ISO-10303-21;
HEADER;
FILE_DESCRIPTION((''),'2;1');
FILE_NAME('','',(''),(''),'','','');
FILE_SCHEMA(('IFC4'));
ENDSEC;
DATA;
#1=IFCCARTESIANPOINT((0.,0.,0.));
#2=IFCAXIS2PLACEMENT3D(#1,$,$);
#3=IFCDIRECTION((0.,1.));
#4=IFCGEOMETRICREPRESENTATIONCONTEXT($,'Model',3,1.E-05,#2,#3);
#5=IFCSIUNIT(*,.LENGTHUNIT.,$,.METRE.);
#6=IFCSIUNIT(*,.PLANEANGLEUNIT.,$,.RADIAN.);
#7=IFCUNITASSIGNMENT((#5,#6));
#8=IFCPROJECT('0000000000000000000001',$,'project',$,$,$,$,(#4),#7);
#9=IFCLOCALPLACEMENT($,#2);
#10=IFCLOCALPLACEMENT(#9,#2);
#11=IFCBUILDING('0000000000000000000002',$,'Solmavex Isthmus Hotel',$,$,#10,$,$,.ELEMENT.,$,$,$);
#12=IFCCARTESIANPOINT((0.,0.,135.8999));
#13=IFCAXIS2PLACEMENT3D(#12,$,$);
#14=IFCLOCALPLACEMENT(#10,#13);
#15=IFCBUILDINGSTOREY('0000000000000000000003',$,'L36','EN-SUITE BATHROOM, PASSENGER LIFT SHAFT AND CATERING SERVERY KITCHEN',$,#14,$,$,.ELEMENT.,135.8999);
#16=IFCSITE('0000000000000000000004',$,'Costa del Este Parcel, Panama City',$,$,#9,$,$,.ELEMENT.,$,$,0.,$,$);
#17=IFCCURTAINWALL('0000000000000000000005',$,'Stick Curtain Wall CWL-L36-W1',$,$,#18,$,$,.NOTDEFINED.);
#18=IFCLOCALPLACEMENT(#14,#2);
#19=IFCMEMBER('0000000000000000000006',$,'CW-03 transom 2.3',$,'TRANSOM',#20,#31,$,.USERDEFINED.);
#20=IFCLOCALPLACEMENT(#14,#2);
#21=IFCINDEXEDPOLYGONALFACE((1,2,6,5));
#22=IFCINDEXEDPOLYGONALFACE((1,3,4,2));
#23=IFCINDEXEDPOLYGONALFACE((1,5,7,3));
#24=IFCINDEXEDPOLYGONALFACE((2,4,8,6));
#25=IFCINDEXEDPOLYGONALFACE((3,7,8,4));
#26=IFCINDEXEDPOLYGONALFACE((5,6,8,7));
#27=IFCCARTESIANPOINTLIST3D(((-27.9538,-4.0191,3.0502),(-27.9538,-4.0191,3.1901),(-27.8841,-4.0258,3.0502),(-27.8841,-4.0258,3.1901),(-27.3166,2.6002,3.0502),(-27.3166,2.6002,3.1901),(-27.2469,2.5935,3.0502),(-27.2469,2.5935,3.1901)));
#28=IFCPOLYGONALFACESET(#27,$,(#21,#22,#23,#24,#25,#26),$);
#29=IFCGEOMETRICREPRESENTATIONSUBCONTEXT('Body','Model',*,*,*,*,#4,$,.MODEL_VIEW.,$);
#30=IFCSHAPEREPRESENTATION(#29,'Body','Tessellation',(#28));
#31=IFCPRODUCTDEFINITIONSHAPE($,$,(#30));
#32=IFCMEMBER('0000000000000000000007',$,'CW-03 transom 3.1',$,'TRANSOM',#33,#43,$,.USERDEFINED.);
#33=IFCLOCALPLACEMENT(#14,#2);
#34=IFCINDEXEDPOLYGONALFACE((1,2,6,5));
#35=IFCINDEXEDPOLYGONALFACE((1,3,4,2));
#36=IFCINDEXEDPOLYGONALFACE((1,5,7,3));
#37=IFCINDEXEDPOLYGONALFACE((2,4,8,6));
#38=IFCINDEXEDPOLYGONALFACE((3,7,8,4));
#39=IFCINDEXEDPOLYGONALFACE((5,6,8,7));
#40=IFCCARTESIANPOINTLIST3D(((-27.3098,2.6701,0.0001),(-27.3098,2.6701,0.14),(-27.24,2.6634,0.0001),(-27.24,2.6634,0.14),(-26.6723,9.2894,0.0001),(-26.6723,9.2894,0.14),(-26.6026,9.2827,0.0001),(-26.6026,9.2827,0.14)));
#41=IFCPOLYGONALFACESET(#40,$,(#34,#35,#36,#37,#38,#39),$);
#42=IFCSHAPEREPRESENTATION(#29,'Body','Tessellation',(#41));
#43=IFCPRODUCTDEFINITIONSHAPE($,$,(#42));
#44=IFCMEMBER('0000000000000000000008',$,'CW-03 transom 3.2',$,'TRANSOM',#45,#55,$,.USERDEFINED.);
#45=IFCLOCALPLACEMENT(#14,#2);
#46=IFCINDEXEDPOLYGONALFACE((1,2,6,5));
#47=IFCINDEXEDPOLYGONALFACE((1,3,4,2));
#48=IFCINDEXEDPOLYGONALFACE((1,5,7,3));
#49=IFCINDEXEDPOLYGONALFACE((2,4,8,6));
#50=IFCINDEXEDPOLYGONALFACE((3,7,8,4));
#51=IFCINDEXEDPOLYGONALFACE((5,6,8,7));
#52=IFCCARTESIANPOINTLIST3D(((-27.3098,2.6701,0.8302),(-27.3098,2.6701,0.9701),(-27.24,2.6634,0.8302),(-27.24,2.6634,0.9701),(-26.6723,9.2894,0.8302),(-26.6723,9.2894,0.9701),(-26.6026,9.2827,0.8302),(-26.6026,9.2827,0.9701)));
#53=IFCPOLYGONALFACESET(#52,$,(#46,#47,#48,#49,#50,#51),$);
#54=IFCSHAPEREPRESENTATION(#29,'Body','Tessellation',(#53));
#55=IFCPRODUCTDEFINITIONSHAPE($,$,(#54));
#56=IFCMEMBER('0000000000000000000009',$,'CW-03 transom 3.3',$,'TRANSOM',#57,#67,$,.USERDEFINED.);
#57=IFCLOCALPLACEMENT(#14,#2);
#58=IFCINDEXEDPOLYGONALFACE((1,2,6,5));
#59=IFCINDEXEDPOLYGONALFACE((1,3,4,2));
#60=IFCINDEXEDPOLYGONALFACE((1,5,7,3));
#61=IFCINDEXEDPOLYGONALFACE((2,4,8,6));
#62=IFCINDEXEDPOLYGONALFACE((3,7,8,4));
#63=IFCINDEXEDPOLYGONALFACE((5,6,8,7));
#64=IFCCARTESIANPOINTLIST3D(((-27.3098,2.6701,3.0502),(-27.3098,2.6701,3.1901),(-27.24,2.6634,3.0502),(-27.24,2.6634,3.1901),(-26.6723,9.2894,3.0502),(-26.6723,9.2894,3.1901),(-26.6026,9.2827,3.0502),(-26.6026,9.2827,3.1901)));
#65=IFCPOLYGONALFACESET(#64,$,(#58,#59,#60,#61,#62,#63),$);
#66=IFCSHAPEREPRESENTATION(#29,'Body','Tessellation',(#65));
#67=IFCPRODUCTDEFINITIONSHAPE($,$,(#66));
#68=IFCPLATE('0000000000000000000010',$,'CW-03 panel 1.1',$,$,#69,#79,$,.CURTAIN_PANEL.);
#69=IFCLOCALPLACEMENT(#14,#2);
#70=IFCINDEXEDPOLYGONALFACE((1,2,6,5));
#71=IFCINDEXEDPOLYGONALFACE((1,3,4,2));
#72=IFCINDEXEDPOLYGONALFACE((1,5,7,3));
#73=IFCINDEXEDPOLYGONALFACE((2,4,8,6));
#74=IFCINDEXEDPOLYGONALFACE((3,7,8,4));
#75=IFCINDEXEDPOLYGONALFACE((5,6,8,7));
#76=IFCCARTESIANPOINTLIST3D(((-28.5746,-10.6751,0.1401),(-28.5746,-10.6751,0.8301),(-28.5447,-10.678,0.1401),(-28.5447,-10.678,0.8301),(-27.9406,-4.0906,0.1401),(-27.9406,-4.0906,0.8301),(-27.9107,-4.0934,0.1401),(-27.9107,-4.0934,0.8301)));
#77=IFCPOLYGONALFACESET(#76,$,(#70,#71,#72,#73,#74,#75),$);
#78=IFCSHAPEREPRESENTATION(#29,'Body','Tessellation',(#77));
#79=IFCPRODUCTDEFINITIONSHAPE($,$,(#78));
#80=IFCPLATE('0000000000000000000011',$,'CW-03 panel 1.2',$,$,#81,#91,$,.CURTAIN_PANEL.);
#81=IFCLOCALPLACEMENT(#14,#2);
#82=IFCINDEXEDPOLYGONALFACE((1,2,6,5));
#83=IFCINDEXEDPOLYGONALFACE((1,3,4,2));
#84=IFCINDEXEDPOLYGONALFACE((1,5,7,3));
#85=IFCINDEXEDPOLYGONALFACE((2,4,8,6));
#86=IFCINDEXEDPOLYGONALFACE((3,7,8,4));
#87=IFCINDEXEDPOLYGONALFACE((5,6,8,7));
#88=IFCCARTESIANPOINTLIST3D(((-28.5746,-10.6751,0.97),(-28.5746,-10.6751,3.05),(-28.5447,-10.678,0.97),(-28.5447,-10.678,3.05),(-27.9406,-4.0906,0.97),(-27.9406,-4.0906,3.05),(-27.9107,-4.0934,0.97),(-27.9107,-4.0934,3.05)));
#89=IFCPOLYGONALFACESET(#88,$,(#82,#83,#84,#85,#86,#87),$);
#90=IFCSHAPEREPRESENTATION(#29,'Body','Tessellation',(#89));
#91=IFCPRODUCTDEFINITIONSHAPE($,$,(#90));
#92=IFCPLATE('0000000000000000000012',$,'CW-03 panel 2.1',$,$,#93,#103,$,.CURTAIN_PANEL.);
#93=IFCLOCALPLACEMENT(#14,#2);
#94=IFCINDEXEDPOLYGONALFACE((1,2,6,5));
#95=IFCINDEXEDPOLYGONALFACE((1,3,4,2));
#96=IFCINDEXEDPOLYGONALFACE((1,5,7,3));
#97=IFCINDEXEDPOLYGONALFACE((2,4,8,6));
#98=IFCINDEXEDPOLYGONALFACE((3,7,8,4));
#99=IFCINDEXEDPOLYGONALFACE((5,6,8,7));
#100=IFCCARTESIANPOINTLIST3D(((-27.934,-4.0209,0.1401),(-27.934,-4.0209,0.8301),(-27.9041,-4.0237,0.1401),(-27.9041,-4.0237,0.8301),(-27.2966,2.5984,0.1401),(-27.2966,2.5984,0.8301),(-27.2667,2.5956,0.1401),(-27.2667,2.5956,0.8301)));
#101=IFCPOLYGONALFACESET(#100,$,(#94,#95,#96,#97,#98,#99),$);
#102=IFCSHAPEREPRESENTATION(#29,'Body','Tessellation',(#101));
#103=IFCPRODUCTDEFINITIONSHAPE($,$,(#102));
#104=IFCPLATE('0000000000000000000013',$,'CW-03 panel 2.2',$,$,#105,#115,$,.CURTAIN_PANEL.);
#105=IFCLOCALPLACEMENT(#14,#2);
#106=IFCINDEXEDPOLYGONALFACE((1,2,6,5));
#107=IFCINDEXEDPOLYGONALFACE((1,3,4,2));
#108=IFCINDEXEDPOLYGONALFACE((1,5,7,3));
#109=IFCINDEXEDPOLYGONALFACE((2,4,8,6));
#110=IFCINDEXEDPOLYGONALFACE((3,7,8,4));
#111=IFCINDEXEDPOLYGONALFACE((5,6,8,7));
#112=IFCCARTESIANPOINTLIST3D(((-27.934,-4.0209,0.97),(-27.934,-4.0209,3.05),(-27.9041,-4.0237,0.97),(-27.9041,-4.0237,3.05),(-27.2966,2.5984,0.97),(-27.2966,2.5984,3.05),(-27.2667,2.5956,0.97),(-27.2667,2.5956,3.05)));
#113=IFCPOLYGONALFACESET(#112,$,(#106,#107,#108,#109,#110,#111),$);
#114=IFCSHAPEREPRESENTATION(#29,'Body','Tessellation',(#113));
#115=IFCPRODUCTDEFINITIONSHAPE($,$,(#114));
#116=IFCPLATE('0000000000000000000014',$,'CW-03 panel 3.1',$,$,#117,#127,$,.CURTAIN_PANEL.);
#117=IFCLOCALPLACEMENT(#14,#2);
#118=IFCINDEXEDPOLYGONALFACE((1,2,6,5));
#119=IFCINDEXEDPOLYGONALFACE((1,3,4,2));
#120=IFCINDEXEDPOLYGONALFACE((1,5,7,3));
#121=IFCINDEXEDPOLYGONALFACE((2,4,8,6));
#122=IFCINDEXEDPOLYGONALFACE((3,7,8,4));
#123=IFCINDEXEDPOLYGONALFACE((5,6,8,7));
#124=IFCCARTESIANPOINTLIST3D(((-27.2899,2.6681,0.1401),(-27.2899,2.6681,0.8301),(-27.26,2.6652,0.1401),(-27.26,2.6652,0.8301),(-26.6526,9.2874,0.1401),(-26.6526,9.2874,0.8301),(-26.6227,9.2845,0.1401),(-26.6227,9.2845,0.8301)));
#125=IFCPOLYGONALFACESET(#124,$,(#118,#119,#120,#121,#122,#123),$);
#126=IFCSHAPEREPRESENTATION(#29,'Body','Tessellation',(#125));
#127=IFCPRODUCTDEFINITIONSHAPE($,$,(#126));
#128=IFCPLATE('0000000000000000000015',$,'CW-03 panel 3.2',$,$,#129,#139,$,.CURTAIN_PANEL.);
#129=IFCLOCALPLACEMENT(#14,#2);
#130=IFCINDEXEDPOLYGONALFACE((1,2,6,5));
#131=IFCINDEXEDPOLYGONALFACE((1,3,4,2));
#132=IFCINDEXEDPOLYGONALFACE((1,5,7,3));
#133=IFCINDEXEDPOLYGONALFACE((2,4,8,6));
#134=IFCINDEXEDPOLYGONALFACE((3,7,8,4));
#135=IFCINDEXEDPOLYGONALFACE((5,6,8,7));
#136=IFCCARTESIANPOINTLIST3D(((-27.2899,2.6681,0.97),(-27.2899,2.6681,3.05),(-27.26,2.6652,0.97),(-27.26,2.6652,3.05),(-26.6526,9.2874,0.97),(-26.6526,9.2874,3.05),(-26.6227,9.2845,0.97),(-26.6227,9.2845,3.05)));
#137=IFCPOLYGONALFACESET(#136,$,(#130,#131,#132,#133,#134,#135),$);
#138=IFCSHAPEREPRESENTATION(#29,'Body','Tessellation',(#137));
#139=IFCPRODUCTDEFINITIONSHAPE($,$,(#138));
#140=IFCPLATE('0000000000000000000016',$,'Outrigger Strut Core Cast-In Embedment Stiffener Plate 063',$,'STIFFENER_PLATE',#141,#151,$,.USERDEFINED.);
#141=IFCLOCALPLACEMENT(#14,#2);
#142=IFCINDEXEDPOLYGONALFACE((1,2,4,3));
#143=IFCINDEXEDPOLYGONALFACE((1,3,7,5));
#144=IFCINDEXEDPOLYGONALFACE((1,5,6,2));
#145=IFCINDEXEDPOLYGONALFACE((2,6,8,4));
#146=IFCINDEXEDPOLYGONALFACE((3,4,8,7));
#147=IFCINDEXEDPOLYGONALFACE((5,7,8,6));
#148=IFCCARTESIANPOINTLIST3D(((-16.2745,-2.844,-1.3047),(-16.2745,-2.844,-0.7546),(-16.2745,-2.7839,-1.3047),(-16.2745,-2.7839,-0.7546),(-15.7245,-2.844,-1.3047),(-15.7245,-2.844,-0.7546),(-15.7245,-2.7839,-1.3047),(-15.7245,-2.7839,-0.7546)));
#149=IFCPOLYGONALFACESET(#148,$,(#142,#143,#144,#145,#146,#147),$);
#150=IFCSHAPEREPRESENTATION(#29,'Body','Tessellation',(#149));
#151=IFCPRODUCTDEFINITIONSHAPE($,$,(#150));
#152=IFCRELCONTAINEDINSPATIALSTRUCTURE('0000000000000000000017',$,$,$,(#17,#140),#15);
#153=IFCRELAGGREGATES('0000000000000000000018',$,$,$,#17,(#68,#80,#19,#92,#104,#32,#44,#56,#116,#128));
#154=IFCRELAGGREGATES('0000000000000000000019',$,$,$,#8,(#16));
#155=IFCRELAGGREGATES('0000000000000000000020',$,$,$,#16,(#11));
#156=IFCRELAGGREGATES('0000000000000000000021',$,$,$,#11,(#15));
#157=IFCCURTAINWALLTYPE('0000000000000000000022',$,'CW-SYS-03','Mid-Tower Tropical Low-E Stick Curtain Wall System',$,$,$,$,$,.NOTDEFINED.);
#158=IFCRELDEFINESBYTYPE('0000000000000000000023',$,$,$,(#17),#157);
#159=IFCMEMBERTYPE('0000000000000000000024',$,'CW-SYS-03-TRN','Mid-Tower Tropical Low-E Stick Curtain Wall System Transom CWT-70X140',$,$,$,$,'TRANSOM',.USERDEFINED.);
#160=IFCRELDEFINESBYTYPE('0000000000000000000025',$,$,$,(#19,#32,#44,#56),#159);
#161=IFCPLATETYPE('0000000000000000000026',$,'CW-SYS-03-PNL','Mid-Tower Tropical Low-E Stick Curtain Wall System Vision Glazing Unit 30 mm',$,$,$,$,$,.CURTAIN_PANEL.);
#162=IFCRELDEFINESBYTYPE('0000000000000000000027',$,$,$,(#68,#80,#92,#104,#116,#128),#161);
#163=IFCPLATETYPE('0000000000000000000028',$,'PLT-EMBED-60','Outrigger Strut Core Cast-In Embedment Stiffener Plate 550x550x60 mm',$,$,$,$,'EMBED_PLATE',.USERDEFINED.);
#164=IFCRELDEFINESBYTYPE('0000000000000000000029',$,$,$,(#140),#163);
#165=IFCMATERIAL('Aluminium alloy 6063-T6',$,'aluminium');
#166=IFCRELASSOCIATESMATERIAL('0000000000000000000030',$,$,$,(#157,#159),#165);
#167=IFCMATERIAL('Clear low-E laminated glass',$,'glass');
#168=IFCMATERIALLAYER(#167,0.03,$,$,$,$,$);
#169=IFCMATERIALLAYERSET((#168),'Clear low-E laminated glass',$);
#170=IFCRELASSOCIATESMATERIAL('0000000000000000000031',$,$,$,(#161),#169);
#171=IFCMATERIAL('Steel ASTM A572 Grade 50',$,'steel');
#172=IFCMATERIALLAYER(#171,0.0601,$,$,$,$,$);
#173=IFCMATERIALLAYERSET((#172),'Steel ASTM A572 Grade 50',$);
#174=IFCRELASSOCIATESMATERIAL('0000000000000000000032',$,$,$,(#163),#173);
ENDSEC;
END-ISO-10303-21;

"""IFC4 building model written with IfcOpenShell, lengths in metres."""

from ifc_helpers import new_model, si_unit, direction, frame, origin, origin_2d, place, context, subcontext, project, spatial, rectangle, extrude, material, layer, layer_set, material_profile, profile_set, type_object, element, aggregate, save


model = new_model("IFC4")

# Units and contexts
model_context = context("Model", 3, precision=1e-05, world=origin(), true_north=direction((0.0, 1.0)))
body_context = subcontext(model_context, "Body", "Model", "MODEL_VIEW")
ifc_project = project(units=[si_unit("LENGTHUNIT", "METRE"), si_unit("PLANEANGLEUNIT", "RADIAN")], contexts=[model_context])

# Site, building, storey
site_placement = place(None, origin())
site = spatial("IfcSite", under=ifc_project, at=site_placement, Name="Costa del Este Parcel, Panama City", CompositionType="ELEMENT", RefElevation=0.0)
building_placement = place(site_placement, origin())
building = spatial("IfcBuilding", under=site, at=building_placement, Name="Solmavex Isthmus Hotel", CompositionType="ELEMENT")
storey_placement = place(building_placement, frame((0.0, 0.0, 135.8999)))
storey = spatial("IfcBuildingStorey", under=building, at=storey_placement, Name="L36", Description="EN-SUITE BATHROOM, PASSENGER LIFT SHAFT AND CATERING SERVERY KITCHEN", CompositionType="ELEMENT", Elevation=135.8999)

# Curtain wall, members, plates
ifc_material_1 = material(Name="Aluminium alloy 6063-T6", Category="aluminium")
curtain_wall_type = type_object("IfcCurtainWallType", Name="CW-SYS-03", Description="Mid-Tower Tropical Low-E Stick Curtain Wall System", PredefinedType="NOTDEFINED", material=ifc_material_1)
curtain_wall_placement = place(storey_placement, origin())
curtain_wall = element("IfcCurtainWall", 1, at=curtain_wall_placement, inside=storey, type_object=curtain_wall_type, Name="Stick Curtain Wall CWL-L36-W1", PredefinedType="NOTDEFINED")
ifc_material_profile_1 = material_profile(ifc_material_1, rectangle(XDim=0.0701, YDim=0.1399, at=origin_2d()), Name="CWT-70X140")
ifc_profile_set_1 = profile_set([ifc_material_profile_1], Name="Aluminium alloy 6063-T6")
member_type_1 = type_object("IfcMemberType", Name="CW-SYS-03-TRN", Description="Mid-Tower Tropical Low-E Stick Curtain Wall System Transom CWT-70X140", ElementType="TRANSOM", PredefinedType="USERDEFINED", material=ifc_profile_set_1)
member_1_placement = place(storey_placement, frame((-27.9189, -4.0225, 3.1201), z_axis=(0.095821, 0.995399, 0.0), x_axis=(-0.995399, 0.095821, 0.0)))
member_1 = element("IfcMember", 2, at=member_1_placement, type_object=member_type_1, Name="CW-03 transom 2.3", ObjectType="TRANSOM", PredefinedType="USERDEFINED", context=body_context, shape_type="SweptSolid", body=[
    extrude(rectangle(XDim=0.0701, YDim=0.1399, at=origin_2d()), origin(), (0.0, 0.0, 1.0), 6.6499),
])
member_2_placement = place(storey_placement, frame((-27.2749, 2.6667, 0.0701), z_axis=(0.095857, 0.995395, 0.0), x_axis=(-0.995395, 0.095857, 0.0)))
member_2 = element("IfcMember", 3, at=member_2_placement, type_object=member_type_1, Name="CW-03 transom 3.1", ObjectType="TRANSOM", PredefinedType="USERDEFINED", context=body_context, shape_type="SweptSolid", body=[
    extrude(rectangle(XDim=0.0701, YDim=0.1399, at=origin_2d()), origin(), (0.0, 0.0, 1.0), 6.6499),
])
member_3_placement = place(storey_placement, frame((-27.2749, 2.6667, 0.9001), z_axis=(0.095857, 0.995395, 0.0), x_axis=(-0.995395, 0.095857, 0.0)))
member_3 = element("IfcMember", 4, at=member_3_placement, type_object=member_type_1, Name="CW-03 transom 3.2", ObjectType="TRANSOM", PredefinedType="USERDEFINED", context=body_context, shape_type="SweptSolid", body=[
    extrude(rectangle(XDim=0.0701, YDim=0.1399, at=origin_2d()), origin(), (0.0, 0.0, 1.0), 6.6499),
])
member_4_placement = place(storey_placement, frame((-27.2749, 2.6667, 3.1201), z_axis=(0.095857, 0.995395, 0.0), x_axis=(-0.995395, 0.095857, 0.0)))
member_4 = element("IfcMember", 5, at=member_4_placement, type_object=member_type_1, Name="CW-03 transom 3.3", ObjectType="TRANSOM", PredefinedType="USERDEFINED", context=body_context, shape_type="SweptSolid", body=[
    extrude(rectangle(XDim=0.0701, YDim=0.1399, at=origin_2d()), origin(), (0.0, 0.0, 1.0), 6.6499),
])
ifc_material_2 = material(Name="Clear low-E laminated glass", Category="glass")
ifc_layer_1 = layer(ifc_material_2, 0.03)
ifc_layer_set_1 = layer_set([ifc_layer_1], Name="Clear low-E laminated glass")
plate_type_1 = type_object("IfcPlateType", Name="CW-SYS-03-PNL", Description="Mid-Tower Tropical Low-E Stick Curtain Wall System Vision Glazing Unit 30 mm", PredefinedType="CURTAIN_PANEL", material=ifc_layer_set_1)
plate_1_placement = place(storey_placement, frame((-28.2427, -7.3843, 0.1401), z_axis=(0.0, 0.0, 1.0), x_axis=(0.095846, 0.995396, 0.0)))
plate_1 = element("IfcPlate", 6, at=plate_1_placement, type_object=plate_type_1, Name="CW-03 panel 1.1", PredefinedType="CURTAIN_PANEL", context=body_context, shape_type="SweptSolid", body=[
    extrude(rectangle(XDim=6.615, YDim=0.03, at=origin_2d()), origin(), (0.0, 0.0, 1.0), 0.6899),
])
plate_2_placement = place(storey_placement, frame((-28.2427, -7.3843, 0.97), z_axis=(0.0, 0.0, 1.0), x_axis=(0.095846, 0.995396, 0.0)))
plate_2 = element("IfcPlate", 7, at=plate_2_placement, type_object=plate_type_1, Name="CW-03 panel 1.2", PredefinedType="CURTAIN_PANEL", context=body_context, shape_type="SweptSolid", body=[
    extrude(rectangle(XDim=6.615, YDim=0.03, at=origin_2d()), origin(), (0.0, 0.0, 1.0), 2.0801),
])
plate_3_placement = place(storey_placement, frame((-27.6003, -0.7126, 0.1401), z_axis=(0.0, 0.0, 1.0), x_axis=(0.095846, 0.995396, 0.0)))
plate_3 = element("IfcPlate", 8, at=plate_3_placement, type_object=plate_type_1, Name="CW-03 panel 2.1", PredefinedType="CURTAIN_PANEL", context=body_context, shape_type="SweptSolid", body=[
    extrude(rectangle(XDim=6.6499, YDim=0.03, at=origin_2d()), origin(), (0.0, 0.0, 1.0), 0.6899),
])
plate_4_placement = place(storey_placement, frame((-27.6003, -0.7126, 0.97), z_axis=(0.0, 0.0, 1.0), x_axis=(0.095846, 0.995396, 0.0)))
plate_4 = element("IfcPlate", 9, at=plate_4_placement, type_object=plate_type_1, Name="CW-03 panel 2.2", PredefinedType="CURTAIN_PANEL", context=body_context, shape_type="SweptSolid", body=[
    extrude(rectangle(XDim=6.6499, YDim=0.03, at=origin_2d()), origin(), (0.0, 0.0, 1.0), 2.0801),
])
plate_5_placement = place(storey_placement, frame((-26.9563, 5.9763, 0.1401), z_axis=(0.0, 0.0, 1.0), x_axis=(0.095846, 0.995396, 0.0)))
plate_5 = element("IfcPlate", 10, at=plate_5_placement, type_object=plate_type_1, Name="CW-03 panel 3.1", PredefinedType="CURTAIN_PANEL", context=body_context, shape_type="SweptSolid", body=[
    extrude(rectangle(XDim=6.6499, YDim=0.03, at=origin_2d()), origin(), (0.0, 0.0, 1.0), 0.6899),
])
plate_6_placement = place(storey_placement, frame((-26.9563, 5.9763, 0.97), z_axis=(0.0, 0.0, 1.0), x_axis=(0.095846, 0.995396, 0.0)))
plate_6 = element("IfcPlate", 11, at=plate_6_placement, type_object=plate_type_1, Name="CW-03 panel 3.2", PredefinedType="CURTAIN_PANEL", context=body_context, shape_type="SweptSolid", body=[
    extrude(rectangle(XDim=6.6499, YDim=0.03, at=origin_2d()), origin(), (0.0, 0.0, 1.0), 2.0801),
])
aggregate(curtain_wall, [plate_1, plate_2, member_1, plate_3, plate_4, member_2, member_3, member_4, plate_5, plate_6])

# Plate
ifc_material_3 = material(Name="Steel ASTM A572 Grade 50", Category="steel")
ifc_layer_2 = layer(ifc_material_3, 0.0601)
ifc_layer_set_2 = layer_set([ifc_layer_2], Name="Steel ASTM A572 Grade 50")
plate_type_2 = type_object("IfcPlateType", Name="PLT-EMBED-60", Description="Outrigger Strut Core Cast-In Embedment Stiffener Plate 550x550x60 mm", ElementType="EMBED_PLATE", PredefinedType="USERDEFINED", material=ifc_layer_set_2)
plate_7_placement = place(storey_placement, frame((-15.9995, -2.814, -1.3047), z_axis=(0.0, 0.0, 1.0), x_axis=(1.0, 0.0, 0.0)))
element("IfcPlate", 12, at=plate_7_placement, inside=storey, type_object=plate_type_2, Name="Outrigger Strut Core Cast-In Embedment Stiffener Plate 063", ObjectType="STIFFENER_PLATE", PredefinedType="USERDEFINED", context=body_context, shape_type="SweptSolid", body=[
    extrude(rectangle(XDim=0.55, YDim=0.0601, at=origin_2d()), origin(), (0.0, 0.0, 1.0), 0.55),
])

save(model, "model.ifc")
